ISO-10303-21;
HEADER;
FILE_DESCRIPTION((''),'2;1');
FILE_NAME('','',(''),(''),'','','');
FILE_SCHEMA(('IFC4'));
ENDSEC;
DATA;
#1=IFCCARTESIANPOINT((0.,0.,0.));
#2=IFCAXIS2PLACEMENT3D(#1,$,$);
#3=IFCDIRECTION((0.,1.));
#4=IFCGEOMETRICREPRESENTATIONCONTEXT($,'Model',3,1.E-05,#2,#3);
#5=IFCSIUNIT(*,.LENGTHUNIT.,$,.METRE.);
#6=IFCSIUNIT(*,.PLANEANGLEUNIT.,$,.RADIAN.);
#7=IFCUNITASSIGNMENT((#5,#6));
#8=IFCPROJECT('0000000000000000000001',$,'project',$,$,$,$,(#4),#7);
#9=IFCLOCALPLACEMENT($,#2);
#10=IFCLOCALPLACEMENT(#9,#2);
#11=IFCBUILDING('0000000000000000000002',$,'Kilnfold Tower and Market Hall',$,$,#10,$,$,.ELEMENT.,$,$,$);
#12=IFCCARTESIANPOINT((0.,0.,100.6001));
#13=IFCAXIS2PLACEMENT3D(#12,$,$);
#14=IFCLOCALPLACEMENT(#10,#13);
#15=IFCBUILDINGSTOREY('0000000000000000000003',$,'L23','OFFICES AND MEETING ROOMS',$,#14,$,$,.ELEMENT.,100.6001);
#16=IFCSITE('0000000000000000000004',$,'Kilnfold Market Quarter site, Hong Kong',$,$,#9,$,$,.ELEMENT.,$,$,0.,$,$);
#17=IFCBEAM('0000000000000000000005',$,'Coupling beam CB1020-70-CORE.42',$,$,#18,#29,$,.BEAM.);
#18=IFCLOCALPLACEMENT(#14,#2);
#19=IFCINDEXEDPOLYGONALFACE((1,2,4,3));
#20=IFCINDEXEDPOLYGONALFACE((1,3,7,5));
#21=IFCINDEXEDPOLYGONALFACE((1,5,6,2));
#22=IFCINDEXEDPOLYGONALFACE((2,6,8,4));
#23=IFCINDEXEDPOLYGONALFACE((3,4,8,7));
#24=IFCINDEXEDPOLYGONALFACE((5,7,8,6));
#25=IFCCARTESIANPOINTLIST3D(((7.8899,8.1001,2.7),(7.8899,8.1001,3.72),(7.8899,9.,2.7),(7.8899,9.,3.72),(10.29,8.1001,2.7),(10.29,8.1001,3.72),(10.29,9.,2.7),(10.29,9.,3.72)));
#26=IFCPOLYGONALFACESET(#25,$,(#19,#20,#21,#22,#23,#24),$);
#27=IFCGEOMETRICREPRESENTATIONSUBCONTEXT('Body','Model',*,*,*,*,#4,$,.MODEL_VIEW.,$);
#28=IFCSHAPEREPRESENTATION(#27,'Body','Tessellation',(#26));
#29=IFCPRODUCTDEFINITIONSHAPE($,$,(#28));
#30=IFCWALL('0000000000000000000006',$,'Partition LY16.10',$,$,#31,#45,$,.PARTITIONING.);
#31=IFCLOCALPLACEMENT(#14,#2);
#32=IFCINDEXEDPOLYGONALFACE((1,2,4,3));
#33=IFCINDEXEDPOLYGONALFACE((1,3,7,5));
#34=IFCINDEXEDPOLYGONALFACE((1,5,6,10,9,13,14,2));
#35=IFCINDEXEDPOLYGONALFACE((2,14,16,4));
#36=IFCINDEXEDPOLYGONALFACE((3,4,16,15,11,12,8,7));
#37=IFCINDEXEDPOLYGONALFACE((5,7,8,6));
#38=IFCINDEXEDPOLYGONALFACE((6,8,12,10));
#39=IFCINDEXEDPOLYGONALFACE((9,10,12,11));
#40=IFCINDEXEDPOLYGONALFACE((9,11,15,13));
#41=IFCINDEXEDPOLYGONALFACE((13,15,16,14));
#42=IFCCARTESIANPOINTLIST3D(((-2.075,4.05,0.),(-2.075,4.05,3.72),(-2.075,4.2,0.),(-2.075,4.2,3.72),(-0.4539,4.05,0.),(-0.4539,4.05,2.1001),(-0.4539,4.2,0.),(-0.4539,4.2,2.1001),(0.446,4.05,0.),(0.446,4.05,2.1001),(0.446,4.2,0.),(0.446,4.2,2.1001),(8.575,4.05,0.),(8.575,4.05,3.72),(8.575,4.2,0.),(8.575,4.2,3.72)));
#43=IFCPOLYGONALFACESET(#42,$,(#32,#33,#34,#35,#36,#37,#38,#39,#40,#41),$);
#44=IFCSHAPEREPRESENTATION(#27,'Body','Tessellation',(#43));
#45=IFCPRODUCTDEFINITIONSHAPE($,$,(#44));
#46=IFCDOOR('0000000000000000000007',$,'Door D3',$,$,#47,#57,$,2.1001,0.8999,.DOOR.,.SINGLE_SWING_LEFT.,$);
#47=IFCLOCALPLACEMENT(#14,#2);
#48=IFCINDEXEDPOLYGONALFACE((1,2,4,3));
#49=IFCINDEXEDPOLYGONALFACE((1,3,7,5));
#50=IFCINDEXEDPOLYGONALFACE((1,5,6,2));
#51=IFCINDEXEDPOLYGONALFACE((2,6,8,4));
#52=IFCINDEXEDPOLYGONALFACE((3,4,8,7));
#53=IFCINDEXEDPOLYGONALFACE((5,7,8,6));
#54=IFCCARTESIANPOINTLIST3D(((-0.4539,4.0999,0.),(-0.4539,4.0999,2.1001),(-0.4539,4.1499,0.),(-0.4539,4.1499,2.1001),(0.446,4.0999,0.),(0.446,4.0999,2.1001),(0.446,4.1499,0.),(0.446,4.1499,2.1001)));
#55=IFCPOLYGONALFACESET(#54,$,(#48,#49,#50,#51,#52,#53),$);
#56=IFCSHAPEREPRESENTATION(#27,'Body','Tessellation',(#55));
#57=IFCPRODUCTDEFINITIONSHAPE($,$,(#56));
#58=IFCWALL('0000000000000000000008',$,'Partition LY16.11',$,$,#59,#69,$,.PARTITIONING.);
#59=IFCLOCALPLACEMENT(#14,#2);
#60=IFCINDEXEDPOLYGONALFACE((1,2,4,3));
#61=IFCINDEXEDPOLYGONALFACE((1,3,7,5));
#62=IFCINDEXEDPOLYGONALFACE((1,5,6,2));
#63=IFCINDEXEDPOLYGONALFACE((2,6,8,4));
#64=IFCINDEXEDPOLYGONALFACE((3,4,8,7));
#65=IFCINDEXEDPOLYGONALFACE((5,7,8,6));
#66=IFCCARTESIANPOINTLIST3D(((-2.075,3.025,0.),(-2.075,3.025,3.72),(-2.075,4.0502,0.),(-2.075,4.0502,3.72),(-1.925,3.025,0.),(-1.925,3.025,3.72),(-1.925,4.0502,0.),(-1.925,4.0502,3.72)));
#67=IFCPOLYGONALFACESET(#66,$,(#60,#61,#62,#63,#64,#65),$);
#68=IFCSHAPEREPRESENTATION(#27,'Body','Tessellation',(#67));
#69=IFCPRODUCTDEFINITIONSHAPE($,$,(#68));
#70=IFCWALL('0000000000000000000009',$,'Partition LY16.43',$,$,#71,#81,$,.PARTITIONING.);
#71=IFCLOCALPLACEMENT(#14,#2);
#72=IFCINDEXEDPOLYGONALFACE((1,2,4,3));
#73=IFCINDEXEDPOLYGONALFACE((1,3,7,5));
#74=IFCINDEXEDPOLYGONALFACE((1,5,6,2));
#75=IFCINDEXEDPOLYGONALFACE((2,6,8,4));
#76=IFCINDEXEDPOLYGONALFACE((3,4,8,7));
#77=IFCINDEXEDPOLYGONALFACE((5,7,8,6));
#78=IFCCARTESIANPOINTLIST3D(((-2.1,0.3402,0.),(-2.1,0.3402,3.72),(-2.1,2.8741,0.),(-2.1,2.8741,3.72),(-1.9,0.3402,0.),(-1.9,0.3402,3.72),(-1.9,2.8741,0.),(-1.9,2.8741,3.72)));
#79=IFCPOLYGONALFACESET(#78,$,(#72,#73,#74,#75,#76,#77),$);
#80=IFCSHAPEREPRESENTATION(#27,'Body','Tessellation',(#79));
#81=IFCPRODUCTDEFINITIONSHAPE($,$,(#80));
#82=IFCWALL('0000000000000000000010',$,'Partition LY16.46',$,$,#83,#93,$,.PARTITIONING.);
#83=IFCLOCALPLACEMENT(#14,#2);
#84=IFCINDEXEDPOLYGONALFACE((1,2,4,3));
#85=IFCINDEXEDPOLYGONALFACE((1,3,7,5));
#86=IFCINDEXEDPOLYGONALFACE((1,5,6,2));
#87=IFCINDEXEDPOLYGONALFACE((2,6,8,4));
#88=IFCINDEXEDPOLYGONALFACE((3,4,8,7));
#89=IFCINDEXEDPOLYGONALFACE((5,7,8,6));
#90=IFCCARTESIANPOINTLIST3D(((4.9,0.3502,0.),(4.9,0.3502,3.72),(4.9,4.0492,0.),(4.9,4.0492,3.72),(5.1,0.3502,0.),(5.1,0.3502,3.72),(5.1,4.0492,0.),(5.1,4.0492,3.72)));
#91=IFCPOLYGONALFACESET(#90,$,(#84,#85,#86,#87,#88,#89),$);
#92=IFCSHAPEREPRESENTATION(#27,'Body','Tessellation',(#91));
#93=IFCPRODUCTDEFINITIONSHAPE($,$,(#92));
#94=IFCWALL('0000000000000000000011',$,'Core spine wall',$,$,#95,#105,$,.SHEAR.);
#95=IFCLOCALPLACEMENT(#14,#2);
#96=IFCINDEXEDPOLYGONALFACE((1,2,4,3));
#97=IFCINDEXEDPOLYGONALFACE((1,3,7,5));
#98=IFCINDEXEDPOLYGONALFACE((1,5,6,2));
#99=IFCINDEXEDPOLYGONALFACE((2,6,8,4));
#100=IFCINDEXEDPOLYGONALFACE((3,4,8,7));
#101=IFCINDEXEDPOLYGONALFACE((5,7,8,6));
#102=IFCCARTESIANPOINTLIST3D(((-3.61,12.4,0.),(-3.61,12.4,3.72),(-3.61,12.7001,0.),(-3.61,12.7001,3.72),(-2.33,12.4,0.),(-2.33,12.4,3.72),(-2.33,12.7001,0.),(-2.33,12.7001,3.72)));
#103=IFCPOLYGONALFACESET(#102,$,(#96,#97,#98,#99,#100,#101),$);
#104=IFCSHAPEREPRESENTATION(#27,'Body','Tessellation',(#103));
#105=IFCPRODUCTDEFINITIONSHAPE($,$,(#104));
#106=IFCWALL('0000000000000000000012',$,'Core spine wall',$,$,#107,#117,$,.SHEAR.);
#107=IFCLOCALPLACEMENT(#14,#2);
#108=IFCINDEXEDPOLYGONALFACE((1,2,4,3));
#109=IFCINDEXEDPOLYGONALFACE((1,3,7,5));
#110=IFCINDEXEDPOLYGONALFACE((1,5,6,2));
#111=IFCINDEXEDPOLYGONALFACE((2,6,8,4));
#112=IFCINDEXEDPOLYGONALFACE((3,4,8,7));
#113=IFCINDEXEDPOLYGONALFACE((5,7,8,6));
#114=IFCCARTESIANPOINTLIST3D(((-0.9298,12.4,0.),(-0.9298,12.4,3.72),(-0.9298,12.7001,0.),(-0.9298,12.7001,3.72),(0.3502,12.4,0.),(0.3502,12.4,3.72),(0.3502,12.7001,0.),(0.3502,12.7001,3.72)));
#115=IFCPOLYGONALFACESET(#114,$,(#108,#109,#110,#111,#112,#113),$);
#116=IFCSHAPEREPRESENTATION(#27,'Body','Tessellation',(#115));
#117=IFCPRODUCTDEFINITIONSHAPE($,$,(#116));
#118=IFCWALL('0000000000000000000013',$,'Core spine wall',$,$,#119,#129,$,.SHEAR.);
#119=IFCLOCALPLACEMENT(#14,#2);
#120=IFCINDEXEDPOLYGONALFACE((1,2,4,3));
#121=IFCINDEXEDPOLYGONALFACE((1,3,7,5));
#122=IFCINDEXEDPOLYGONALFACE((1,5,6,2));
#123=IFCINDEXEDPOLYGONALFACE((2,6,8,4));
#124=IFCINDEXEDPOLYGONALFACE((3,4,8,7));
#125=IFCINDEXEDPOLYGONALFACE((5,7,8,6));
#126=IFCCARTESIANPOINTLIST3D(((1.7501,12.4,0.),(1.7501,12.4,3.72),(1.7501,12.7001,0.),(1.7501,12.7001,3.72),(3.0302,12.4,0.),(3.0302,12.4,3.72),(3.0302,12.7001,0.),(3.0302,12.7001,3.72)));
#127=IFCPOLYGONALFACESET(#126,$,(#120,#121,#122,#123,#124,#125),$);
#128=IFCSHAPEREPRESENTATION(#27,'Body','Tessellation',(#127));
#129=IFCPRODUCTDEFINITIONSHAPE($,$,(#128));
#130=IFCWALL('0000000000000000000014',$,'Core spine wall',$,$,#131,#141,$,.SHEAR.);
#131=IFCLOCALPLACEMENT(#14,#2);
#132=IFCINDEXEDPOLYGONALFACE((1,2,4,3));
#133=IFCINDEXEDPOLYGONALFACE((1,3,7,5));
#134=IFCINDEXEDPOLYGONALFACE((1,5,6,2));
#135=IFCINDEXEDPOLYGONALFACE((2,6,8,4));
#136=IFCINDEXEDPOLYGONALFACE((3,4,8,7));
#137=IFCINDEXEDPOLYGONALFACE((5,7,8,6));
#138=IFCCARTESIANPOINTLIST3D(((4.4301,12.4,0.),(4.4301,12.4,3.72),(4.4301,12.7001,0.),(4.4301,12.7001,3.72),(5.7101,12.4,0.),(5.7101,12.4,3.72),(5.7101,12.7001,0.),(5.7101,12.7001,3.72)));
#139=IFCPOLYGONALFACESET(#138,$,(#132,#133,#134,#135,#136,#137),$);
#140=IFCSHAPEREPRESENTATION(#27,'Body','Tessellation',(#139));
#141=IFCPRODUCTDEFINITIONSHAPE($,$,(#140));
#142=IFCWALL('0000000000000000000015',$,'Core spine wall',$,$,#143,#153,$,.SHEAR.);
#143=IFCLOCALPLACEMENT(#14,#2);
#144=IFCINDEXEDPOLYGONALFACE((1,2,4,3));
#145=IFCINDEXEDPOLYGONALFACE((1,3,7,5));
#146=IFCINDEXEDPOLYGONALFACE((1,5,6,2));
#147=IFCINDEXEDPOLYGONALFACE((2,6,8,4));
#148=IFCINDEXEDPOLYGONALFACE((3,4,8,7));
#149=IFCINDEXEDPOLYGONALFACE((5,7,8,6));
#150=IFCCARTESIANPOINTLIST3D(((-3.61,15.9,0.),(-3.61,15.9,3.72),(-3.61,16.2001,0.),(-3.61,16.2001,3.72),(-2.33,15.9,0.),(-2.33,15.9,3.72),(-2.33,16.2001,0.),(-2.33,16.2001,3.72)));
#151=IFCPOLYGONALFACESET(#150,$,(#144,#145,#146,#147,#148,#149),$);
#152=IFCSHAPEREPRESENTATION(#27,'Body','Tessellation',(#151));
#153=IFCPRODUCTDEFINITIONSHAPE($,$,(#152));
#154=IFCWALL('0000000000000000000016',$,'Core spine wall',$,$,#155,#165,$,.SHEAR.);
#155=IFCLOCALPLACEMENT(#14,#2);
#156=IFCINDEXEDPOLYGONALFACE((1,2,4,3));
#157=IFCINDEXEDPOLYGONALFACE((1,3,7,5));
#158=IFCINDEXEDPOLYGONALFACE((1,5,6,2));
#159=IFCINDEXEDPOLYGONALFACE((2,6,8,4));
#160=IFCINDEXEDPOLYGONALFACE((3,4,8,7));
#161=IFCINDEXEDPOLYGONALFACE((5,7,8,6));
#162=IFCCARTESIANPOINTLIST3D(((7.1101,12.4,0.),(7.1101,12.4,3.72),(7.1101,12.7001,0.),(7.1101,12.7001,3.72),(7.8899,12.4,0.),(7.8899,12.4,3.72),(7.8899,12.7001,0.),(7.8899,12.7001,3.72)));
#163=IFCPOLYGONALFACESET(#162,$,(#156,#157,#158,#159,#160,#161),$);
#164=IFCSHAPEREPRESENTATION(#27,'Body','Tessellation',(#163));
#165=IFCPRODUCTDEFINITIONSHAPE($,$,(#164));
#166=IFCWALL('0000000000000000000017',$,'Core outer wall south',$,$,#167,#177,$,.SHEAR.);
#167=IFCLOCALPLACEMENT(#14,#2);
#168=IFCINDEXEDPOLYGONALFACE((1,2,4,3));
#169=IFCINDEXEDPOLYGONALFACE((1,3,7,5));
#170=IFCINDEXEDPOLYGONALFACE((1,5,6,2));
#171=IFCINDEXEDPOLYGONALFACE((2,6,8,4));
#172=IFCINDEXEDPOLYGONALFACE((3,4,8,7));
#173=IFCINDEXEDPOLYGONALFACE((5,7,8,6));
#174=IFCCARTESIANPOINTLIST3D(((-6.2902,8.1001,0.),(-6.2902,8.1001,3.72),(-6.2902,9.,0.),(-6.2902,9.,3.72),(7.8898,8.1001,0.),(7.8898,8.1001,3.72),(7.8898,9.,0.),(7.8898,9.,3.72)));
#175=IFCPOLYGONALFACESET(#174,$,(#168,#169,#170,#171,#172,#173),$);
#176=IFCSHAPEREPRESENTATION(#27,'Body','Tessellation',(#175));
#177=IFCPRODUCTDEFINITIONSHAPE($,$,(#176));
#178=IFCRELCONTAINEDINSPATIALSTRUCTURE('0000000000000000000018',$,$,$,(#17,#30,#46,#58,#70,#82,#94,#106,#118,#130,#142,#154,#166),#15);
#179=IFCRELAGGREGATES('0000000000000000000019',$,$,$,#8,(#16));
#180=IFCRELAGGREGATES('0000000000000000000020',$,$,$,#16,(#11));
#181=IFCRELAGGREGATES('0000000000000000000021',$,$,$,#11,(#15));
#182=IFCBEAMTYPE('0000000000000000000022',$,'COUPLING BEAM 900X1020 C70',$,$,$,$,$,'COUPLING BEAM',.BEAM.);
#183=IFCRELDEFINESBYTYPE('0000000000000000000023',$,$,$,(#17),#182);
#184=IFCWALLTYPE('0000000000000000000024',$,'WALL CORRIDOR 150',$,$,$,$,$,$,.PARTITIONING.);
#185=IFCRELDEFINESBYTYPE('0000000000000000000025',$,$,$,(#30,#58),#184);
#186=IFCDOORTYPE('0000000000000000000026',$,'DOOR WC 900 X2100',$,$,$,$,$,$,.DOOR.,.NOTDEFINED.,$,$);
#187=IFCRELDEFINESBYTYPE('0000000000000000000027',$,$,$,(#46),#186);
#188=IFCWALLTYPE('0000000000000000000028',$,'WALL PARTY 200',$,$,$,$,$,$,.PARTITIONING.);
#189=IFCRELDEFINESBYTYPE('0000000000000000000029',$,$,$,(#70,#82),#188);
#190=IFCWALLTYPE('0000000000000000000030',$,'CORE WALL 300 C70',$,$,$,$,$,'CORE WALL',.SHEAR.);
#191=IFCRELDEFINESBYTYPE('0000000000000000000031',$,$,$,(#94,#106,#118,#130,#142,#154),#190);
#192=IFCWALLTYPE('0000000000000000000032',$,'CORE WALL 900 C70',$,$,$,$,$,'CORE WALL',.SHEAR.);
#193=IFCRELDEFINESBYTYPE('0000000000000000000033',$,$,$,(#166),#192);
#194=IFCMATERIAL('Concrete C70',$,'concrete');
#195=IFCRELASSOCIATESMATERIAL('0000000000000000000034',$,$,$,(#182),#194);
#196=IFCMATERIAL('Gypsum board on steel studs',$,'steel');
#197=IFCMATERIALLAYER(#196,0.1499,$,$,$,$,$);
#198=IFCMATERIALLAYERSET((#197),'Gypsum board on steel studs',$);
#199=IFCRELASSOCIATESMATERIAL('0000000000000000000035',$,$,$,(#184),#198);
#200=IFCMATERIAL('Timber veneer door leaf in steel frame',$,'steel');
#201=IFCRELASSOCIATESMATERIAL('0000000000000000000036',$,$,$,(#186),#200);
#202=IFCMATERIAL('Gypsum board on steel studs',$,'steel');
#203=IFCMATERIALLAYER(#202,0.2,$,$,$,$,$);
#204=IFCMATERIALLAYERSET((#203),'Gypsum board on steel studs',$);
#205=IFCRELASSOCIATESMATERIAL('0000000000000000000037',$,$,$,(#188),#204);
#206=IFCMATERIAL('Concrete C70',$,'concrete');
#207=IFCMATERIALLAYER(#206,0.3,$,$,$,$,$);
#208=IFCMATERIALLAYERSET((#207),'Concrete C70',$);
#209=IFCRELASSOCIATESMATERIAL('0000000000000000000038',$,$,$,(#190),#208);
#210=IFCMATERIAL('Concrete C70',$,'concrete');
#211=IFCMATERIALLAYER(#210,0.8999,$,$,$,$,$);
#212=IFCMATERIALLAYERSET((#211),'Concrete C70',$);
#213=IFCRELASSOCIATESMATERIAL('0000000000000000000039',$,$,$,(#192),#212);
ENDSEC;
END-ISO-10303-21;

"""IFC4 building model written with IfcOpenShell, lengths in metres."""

from ifc_helpers import new_model, si_unit, direction, frame, frame_2d, origin, origin_2d, place, context, subcontext, project, spatial, rectangle, extrude, source, transform, mapped, material, layer, layer_set, material_profile, profile_set, type_object, element, fill, save


model = new_model("IFC4")

# Units and contexts
model_context = context("Model", 3, precision=1e-05, world=origin(), true_north=direction((0.0, 1.0)))
body_context = subcontext(model_context, "Body", "Model", "MODEL_VIEW")
ifc_project = project(units=[si_unit("LENGTHUNIT", "METRE"), si_unit("PLANEANGLEUNIT", "RADIAN")], contexts=[model_context])

# Site, building, storey
site_placement = place(None, origin())
site = spatial("IfcSite", under=ifc_project, at=site_placement, Name="Kilnfold Market Quarter site, Hong Kong", CompositionType="ELEMENT", RefElevation=0.0)
building_placement = place(site_placement, origin())
building = spatial("IfcBuilding", under=site, at=building_placement, Name="Kilnfold Tower and Market Hall", CompositionType="ELEMENT")
storey_placement = place(building_placement, frame((0.0, 0.0, 100.6001)))
storey = spatial("IfcBuildingStorey", under=building, at=storey_placement, Name="L23", Description="OFFICES AND MEETING ROOMS", CompositionType="ELEMENT", Elevation=100.6001)

# Beam
ifc_material_1 = material(Name="Concrete C70", Category="concrete")
ifc_material_profile = material_profile(ifc_material_1, rectangle(XDim=0.8999, YDim=1.02, at=origin_2d()), Name="RC 900x1020")
ifc_profile_set = profile_set([ifc_material_profile], Name="Concrete C70")
beam_type = type_object("IfcBeamType", Name="COUPLING BEAM 900X1020 C70", ElementType="COUPLING BEAM", PredefinedType="BEAM", material=ifc_profile_set)
shared_shape_1 = source(origin(), body_context, "Body", "SweptSolid", [
    extrude(rectangle(XDim=0.8999, YDim=1.02, at=origin_2d()), origin(), (0.0, 0.0, 1.0), 2.4001),
])
beam_placement = place(storey_placement, frame((7.8899, 8.55, 3.21), z_axis=(1.0, 0.0, 0.0), x_axis=(0.0, 1.0, 0.0)))
element("IfcBeam", 1, at=beam_placement, inside=storey, type_object=beam_type, Name="Coupling beam CB1020-70-CORE.42", PredefinedType="BEAM", context=body_context, shape_type="MappedRepresentation", body=[
    mapped(shared_shape_1, transform((0.0, 0.0, 0.0))),
])

# Wall, opening, door
ifc_material_2 = material(Name="Gypsum board on steel studs", Category="steel")
ifc_layer_1 = layer(ifc_material_2, 0.1499)
ifc_layer_set_1 = layer_set([ifc_layer_1], Name="Gypsum board on steel studs")
wall_type_1 = type_object("IfcWallType", Name="WALL CORRIDOR 150", PredefinedType="PARTITIONING", material=ifc_layer_set_1)
wall_1_placement = place(storey_placement, frame((-2.075, 4.125, 0.0), z_axis=(0.0, 0.0, 1.0), x_axis=(1.0, 0.0, 0.0)))
wall_1 = element("IfcWall", 2, at=wall_1_placement, inside=storey, type_object=wall_type_1, Name="Partition LY16.10", PredefinedType="PARTITIONING", context=body_context, shape_type="SweptSolid", body=[
    extrude(rectangle(XDim=10.6499, YDim=0.1499, at=frame_2d((5.325, 0.0))), origin(), (0.0, 0.0, 1.0), 3.72),
])
opening_1_placement = place(wall_1_placement, frame((1.6211, 0.0, 0.0)))
opening_1 = element("IfcOpeningElement", 3, at=opening_1_placement, cuts=wall_1, PredefinedType="OPENING", context=body_context, shape_type="SweptSolid", body=[
    extrude(rectangle(XDim=0.8999, YDim=2.1001, at=frame_2d((0.45, 1.05))), frame((0.0, 0.085, 0.0), z_axis=(0.0, -1.0, 0.0), x_axis=(1.0, 0.0, 0.0)), (0.0, 0.0, 1.0), 0.1699),
])
ifc_material_3 = material(Name="Timber veneer door leaf in steel frame", Category="steel")
door_type_1 = type_object("IfcDoorType", Name="DOOR WC 900 X2100", OperationType="NOTDEFINED", PredefinedType="DOOR", material=ifc_material_3)
door_1_placement = place(opening_1_placement, origin())
door_1 = element("IfcDoor", 4, at=door_1_placement, inside=storey, type_object=door_type_1, Name="Door D3", OperationType="SINGLE_SWING_LEFT", OverallHeight=2.1001, OverallWidth=0.8999, PredefinedType="DOOR", context=body_context, shape_type="SweptSolid", body=[
    extrude(rectangle(XDim=0.8999, YDim=2.1001, at=frame_2d((0.45, 1.05))), frame((0.0, 0.0249, 0.0), z_axis=(0.0, -1.0, 0.0), x_axis=(1.0, 0.0, 0.0)), (0.0, 0.0, 1.0), 0.05),
])
fill(opening_1, door_1)

# Walls
wall_2_placement = place(storey_placement, frame((-2.0, 3.0249, 0.0), z_axis=(0.0, 0.0, 1.0), x_axis=(0.0, 1.0, 0.0)))
element("IfcWall", 5, at=wall_2_placement, inside=storey, type_object=wall_type_1, Name="Partition LY16.11", PredefinedType="PARTITIONING", context=body_context, shape_type="SweptSolid", body=[
    extrude(rectangle(XDim=1.0251, YDim=0.1499, at=frame_2d((0.5127, 0.0))), origin(), (0.0, 0.0, 1.0), 3.72),
])
ifc_material_4 = material(Name="Gypsum board on steel studs", Category="steel")
ifc_layer_2 = layer(ifc_material_4, 0.2)
ifc_layer_set_2 = layer_set([ifc_layer_2], Name="Gypsum board on steel studs")
wall_type_2 = type_object("IfcWallType", Name="WALL PARTY 200", PredefinedType="PARTITIONING", material=ifc_layer_set_2)
wall_3_placement = place(storey_placement, frame((-2.0, 0.3401, 0.0), z_axis=(0.0, 0.0, 1.0), x_axis=(0.0, 1.0, 0.0)))
element("IfcWall", 6, at=wall_3_placement, inside=storey, type_object=wall_type_2, Name="Partition LY16.43", PredefinedType="PARTITIONING", context=body_context, shape_type="SweptSolid", body=[
    extrude(rectangle(XDim=2.5339, YDim=0.2, at=frame_2d((1.2671, 0.0))), origin(), (0.0, 0.0, 1.0), 3.72),
])
wall_4_placement = place(storey_placement, frame((5.0, 0.3501, 0.0), z_axis=(0.0, 0.0, 1.0), x_axis=(0.0, 1.0, 0.0)))
element("IfcWall", 7, at=wall_4_placement, inside=storey, type_object=wall_type_2, Name="Partition LY16.46", PredefinedType="PARTITIONING", context=body_context, shape_type="SweptSolid", body=[
    extrude(rectangle(XDim=3.699, YDim=0.2, at=frame_2d((1.8496, 0.0))), origin(), (0.0, 0.0, 1.0), 3.72),
])
ifc_material_5 = material(Name="Concrete C70", Category="concrete")
ifc_layer_3 = layer(ifc_material_5, 0.3)
ifc_layer_set_3 = layer_set([ifc_layer_3], Name="Concrete C70")
wall_type_3 = type_object("IfcWallType", Name="CORE WALL 300 C70", ElementType="CORE WALL", PredefinedType="SHEAR", material=ifc_layer_set_3)
shared_shape_2 = source(origin(), body_context, "Body", "SweptSolid", [
    extrude(rectangle(XDim=1.28, YDim=0.3, at=frame_2d((0.6401, 0.0))), origin(), (0.0, 0.0, 1.0), 3.72),
])
for number, where, z_axis, x_axis, name in (
    (8, (-3.6101, 12.55, 0.0), (0.0, 0.0, 1.0), (1.0, 0.0, 0.0), "Core spine wall"),
    (9, (-0.9299, 12.55, 0.0), (0.0, 0.0, 1.0), (1.0, 0.0, 0.0), "Core spine wall"),
    (10, (1.75, 12.55, 0.0), (0.0, 0.0, 1.0), (1.0, 0.0, 0.0), "Core spine wall"),
    (11, (4.4299, 12.55, 0.0), (0.0, 0.0, 1.0), (1.0, 0.0, 0.0), "Core spine wall"),
    (12, (-3.6101, 16.05, 0.0), (0.0, 0.0, 1.0), (1.0, 0.0, 0.0), "Core spine wall"),
):
    element("IfcWall", number, at=place(storey_placement, frame(where, z_axis=z_axis, x_axis=x_axis)), inside=storey, type_object=wall_type_3, Name=name, PredefinedType="SHEAR", context=body_context, shape_type="MappedRepresentation", body=[
        mapped(shared_shape_2, transform((0.0, 0.0, 0.0))),
    ])
shared_shape_3 = source(origin(), body_context, "Body", "SweptSolid", [
    extrude(rectangle(XDim=0.7798, YDim=0.3, at=frame_2d((0.3899, 0.0))), origin(), (0.0, 0.0, 1.0), 3.72),
])
wall_5_placement = place(storey_placement, frame((7.1101, 12.55, 0.0), z_axis=(0.0, 0.0, 1.0), x_axis=(1.0, 0.0, 0.0)))
element("IfcWall", 13, at=wall_5_placement, inside=storey, type_object=wall_type_3, Name="Core spine wall", PredefinedType="SHEAR", context=body_context, shape_type="MappedRepresentation", body=[
    mapped(shared_shape_3, transform((0.0, 0.0, 0.0))),
])
ifc_material_6 = material(Name="Concrete C70", Category="concrete")
ifc_layer_4 = layer(ifc_material_6, 0.8999)
ifc_layer_set_4 = layer_set([ifc_layer_4], Name="Concrete C70")
wall_type_4 = type_object("IfcWallType", Name="CORE WALL 900 C70", ElementType="CORE WALL", PredefinedType="SHEAR", material=ifc_layer_set_4)
shared_shape_4 = source(origin(), body_context, "Body", "SweptSolid", [
    extrude(rectangle(XDim=14.1799, YDim=0.8999, at=frame_2d((7.0898, 0.0))), origin(), (0.0, 0.0, 1.0), 3.72),
])
wall_6_placement = place(storey_placement, frame((-6.29, 8.55, 0.0), z_axis=(0.0, 0.0, 1.0), x_axis=(1.0, 0.0, 0.0)))
element("IfcWall", 14, at=wall_6_placement, inside=storey, type_object=wall_type_4, Name="Core outer wall south", PredefinedType="SHEAR", context=body_context, shape_type="MappedRepresentation", body=[
    mapped(shared_shape_4, transform((0.0, 0.0, 0.0))),
])

save(model, "model.ifc")
